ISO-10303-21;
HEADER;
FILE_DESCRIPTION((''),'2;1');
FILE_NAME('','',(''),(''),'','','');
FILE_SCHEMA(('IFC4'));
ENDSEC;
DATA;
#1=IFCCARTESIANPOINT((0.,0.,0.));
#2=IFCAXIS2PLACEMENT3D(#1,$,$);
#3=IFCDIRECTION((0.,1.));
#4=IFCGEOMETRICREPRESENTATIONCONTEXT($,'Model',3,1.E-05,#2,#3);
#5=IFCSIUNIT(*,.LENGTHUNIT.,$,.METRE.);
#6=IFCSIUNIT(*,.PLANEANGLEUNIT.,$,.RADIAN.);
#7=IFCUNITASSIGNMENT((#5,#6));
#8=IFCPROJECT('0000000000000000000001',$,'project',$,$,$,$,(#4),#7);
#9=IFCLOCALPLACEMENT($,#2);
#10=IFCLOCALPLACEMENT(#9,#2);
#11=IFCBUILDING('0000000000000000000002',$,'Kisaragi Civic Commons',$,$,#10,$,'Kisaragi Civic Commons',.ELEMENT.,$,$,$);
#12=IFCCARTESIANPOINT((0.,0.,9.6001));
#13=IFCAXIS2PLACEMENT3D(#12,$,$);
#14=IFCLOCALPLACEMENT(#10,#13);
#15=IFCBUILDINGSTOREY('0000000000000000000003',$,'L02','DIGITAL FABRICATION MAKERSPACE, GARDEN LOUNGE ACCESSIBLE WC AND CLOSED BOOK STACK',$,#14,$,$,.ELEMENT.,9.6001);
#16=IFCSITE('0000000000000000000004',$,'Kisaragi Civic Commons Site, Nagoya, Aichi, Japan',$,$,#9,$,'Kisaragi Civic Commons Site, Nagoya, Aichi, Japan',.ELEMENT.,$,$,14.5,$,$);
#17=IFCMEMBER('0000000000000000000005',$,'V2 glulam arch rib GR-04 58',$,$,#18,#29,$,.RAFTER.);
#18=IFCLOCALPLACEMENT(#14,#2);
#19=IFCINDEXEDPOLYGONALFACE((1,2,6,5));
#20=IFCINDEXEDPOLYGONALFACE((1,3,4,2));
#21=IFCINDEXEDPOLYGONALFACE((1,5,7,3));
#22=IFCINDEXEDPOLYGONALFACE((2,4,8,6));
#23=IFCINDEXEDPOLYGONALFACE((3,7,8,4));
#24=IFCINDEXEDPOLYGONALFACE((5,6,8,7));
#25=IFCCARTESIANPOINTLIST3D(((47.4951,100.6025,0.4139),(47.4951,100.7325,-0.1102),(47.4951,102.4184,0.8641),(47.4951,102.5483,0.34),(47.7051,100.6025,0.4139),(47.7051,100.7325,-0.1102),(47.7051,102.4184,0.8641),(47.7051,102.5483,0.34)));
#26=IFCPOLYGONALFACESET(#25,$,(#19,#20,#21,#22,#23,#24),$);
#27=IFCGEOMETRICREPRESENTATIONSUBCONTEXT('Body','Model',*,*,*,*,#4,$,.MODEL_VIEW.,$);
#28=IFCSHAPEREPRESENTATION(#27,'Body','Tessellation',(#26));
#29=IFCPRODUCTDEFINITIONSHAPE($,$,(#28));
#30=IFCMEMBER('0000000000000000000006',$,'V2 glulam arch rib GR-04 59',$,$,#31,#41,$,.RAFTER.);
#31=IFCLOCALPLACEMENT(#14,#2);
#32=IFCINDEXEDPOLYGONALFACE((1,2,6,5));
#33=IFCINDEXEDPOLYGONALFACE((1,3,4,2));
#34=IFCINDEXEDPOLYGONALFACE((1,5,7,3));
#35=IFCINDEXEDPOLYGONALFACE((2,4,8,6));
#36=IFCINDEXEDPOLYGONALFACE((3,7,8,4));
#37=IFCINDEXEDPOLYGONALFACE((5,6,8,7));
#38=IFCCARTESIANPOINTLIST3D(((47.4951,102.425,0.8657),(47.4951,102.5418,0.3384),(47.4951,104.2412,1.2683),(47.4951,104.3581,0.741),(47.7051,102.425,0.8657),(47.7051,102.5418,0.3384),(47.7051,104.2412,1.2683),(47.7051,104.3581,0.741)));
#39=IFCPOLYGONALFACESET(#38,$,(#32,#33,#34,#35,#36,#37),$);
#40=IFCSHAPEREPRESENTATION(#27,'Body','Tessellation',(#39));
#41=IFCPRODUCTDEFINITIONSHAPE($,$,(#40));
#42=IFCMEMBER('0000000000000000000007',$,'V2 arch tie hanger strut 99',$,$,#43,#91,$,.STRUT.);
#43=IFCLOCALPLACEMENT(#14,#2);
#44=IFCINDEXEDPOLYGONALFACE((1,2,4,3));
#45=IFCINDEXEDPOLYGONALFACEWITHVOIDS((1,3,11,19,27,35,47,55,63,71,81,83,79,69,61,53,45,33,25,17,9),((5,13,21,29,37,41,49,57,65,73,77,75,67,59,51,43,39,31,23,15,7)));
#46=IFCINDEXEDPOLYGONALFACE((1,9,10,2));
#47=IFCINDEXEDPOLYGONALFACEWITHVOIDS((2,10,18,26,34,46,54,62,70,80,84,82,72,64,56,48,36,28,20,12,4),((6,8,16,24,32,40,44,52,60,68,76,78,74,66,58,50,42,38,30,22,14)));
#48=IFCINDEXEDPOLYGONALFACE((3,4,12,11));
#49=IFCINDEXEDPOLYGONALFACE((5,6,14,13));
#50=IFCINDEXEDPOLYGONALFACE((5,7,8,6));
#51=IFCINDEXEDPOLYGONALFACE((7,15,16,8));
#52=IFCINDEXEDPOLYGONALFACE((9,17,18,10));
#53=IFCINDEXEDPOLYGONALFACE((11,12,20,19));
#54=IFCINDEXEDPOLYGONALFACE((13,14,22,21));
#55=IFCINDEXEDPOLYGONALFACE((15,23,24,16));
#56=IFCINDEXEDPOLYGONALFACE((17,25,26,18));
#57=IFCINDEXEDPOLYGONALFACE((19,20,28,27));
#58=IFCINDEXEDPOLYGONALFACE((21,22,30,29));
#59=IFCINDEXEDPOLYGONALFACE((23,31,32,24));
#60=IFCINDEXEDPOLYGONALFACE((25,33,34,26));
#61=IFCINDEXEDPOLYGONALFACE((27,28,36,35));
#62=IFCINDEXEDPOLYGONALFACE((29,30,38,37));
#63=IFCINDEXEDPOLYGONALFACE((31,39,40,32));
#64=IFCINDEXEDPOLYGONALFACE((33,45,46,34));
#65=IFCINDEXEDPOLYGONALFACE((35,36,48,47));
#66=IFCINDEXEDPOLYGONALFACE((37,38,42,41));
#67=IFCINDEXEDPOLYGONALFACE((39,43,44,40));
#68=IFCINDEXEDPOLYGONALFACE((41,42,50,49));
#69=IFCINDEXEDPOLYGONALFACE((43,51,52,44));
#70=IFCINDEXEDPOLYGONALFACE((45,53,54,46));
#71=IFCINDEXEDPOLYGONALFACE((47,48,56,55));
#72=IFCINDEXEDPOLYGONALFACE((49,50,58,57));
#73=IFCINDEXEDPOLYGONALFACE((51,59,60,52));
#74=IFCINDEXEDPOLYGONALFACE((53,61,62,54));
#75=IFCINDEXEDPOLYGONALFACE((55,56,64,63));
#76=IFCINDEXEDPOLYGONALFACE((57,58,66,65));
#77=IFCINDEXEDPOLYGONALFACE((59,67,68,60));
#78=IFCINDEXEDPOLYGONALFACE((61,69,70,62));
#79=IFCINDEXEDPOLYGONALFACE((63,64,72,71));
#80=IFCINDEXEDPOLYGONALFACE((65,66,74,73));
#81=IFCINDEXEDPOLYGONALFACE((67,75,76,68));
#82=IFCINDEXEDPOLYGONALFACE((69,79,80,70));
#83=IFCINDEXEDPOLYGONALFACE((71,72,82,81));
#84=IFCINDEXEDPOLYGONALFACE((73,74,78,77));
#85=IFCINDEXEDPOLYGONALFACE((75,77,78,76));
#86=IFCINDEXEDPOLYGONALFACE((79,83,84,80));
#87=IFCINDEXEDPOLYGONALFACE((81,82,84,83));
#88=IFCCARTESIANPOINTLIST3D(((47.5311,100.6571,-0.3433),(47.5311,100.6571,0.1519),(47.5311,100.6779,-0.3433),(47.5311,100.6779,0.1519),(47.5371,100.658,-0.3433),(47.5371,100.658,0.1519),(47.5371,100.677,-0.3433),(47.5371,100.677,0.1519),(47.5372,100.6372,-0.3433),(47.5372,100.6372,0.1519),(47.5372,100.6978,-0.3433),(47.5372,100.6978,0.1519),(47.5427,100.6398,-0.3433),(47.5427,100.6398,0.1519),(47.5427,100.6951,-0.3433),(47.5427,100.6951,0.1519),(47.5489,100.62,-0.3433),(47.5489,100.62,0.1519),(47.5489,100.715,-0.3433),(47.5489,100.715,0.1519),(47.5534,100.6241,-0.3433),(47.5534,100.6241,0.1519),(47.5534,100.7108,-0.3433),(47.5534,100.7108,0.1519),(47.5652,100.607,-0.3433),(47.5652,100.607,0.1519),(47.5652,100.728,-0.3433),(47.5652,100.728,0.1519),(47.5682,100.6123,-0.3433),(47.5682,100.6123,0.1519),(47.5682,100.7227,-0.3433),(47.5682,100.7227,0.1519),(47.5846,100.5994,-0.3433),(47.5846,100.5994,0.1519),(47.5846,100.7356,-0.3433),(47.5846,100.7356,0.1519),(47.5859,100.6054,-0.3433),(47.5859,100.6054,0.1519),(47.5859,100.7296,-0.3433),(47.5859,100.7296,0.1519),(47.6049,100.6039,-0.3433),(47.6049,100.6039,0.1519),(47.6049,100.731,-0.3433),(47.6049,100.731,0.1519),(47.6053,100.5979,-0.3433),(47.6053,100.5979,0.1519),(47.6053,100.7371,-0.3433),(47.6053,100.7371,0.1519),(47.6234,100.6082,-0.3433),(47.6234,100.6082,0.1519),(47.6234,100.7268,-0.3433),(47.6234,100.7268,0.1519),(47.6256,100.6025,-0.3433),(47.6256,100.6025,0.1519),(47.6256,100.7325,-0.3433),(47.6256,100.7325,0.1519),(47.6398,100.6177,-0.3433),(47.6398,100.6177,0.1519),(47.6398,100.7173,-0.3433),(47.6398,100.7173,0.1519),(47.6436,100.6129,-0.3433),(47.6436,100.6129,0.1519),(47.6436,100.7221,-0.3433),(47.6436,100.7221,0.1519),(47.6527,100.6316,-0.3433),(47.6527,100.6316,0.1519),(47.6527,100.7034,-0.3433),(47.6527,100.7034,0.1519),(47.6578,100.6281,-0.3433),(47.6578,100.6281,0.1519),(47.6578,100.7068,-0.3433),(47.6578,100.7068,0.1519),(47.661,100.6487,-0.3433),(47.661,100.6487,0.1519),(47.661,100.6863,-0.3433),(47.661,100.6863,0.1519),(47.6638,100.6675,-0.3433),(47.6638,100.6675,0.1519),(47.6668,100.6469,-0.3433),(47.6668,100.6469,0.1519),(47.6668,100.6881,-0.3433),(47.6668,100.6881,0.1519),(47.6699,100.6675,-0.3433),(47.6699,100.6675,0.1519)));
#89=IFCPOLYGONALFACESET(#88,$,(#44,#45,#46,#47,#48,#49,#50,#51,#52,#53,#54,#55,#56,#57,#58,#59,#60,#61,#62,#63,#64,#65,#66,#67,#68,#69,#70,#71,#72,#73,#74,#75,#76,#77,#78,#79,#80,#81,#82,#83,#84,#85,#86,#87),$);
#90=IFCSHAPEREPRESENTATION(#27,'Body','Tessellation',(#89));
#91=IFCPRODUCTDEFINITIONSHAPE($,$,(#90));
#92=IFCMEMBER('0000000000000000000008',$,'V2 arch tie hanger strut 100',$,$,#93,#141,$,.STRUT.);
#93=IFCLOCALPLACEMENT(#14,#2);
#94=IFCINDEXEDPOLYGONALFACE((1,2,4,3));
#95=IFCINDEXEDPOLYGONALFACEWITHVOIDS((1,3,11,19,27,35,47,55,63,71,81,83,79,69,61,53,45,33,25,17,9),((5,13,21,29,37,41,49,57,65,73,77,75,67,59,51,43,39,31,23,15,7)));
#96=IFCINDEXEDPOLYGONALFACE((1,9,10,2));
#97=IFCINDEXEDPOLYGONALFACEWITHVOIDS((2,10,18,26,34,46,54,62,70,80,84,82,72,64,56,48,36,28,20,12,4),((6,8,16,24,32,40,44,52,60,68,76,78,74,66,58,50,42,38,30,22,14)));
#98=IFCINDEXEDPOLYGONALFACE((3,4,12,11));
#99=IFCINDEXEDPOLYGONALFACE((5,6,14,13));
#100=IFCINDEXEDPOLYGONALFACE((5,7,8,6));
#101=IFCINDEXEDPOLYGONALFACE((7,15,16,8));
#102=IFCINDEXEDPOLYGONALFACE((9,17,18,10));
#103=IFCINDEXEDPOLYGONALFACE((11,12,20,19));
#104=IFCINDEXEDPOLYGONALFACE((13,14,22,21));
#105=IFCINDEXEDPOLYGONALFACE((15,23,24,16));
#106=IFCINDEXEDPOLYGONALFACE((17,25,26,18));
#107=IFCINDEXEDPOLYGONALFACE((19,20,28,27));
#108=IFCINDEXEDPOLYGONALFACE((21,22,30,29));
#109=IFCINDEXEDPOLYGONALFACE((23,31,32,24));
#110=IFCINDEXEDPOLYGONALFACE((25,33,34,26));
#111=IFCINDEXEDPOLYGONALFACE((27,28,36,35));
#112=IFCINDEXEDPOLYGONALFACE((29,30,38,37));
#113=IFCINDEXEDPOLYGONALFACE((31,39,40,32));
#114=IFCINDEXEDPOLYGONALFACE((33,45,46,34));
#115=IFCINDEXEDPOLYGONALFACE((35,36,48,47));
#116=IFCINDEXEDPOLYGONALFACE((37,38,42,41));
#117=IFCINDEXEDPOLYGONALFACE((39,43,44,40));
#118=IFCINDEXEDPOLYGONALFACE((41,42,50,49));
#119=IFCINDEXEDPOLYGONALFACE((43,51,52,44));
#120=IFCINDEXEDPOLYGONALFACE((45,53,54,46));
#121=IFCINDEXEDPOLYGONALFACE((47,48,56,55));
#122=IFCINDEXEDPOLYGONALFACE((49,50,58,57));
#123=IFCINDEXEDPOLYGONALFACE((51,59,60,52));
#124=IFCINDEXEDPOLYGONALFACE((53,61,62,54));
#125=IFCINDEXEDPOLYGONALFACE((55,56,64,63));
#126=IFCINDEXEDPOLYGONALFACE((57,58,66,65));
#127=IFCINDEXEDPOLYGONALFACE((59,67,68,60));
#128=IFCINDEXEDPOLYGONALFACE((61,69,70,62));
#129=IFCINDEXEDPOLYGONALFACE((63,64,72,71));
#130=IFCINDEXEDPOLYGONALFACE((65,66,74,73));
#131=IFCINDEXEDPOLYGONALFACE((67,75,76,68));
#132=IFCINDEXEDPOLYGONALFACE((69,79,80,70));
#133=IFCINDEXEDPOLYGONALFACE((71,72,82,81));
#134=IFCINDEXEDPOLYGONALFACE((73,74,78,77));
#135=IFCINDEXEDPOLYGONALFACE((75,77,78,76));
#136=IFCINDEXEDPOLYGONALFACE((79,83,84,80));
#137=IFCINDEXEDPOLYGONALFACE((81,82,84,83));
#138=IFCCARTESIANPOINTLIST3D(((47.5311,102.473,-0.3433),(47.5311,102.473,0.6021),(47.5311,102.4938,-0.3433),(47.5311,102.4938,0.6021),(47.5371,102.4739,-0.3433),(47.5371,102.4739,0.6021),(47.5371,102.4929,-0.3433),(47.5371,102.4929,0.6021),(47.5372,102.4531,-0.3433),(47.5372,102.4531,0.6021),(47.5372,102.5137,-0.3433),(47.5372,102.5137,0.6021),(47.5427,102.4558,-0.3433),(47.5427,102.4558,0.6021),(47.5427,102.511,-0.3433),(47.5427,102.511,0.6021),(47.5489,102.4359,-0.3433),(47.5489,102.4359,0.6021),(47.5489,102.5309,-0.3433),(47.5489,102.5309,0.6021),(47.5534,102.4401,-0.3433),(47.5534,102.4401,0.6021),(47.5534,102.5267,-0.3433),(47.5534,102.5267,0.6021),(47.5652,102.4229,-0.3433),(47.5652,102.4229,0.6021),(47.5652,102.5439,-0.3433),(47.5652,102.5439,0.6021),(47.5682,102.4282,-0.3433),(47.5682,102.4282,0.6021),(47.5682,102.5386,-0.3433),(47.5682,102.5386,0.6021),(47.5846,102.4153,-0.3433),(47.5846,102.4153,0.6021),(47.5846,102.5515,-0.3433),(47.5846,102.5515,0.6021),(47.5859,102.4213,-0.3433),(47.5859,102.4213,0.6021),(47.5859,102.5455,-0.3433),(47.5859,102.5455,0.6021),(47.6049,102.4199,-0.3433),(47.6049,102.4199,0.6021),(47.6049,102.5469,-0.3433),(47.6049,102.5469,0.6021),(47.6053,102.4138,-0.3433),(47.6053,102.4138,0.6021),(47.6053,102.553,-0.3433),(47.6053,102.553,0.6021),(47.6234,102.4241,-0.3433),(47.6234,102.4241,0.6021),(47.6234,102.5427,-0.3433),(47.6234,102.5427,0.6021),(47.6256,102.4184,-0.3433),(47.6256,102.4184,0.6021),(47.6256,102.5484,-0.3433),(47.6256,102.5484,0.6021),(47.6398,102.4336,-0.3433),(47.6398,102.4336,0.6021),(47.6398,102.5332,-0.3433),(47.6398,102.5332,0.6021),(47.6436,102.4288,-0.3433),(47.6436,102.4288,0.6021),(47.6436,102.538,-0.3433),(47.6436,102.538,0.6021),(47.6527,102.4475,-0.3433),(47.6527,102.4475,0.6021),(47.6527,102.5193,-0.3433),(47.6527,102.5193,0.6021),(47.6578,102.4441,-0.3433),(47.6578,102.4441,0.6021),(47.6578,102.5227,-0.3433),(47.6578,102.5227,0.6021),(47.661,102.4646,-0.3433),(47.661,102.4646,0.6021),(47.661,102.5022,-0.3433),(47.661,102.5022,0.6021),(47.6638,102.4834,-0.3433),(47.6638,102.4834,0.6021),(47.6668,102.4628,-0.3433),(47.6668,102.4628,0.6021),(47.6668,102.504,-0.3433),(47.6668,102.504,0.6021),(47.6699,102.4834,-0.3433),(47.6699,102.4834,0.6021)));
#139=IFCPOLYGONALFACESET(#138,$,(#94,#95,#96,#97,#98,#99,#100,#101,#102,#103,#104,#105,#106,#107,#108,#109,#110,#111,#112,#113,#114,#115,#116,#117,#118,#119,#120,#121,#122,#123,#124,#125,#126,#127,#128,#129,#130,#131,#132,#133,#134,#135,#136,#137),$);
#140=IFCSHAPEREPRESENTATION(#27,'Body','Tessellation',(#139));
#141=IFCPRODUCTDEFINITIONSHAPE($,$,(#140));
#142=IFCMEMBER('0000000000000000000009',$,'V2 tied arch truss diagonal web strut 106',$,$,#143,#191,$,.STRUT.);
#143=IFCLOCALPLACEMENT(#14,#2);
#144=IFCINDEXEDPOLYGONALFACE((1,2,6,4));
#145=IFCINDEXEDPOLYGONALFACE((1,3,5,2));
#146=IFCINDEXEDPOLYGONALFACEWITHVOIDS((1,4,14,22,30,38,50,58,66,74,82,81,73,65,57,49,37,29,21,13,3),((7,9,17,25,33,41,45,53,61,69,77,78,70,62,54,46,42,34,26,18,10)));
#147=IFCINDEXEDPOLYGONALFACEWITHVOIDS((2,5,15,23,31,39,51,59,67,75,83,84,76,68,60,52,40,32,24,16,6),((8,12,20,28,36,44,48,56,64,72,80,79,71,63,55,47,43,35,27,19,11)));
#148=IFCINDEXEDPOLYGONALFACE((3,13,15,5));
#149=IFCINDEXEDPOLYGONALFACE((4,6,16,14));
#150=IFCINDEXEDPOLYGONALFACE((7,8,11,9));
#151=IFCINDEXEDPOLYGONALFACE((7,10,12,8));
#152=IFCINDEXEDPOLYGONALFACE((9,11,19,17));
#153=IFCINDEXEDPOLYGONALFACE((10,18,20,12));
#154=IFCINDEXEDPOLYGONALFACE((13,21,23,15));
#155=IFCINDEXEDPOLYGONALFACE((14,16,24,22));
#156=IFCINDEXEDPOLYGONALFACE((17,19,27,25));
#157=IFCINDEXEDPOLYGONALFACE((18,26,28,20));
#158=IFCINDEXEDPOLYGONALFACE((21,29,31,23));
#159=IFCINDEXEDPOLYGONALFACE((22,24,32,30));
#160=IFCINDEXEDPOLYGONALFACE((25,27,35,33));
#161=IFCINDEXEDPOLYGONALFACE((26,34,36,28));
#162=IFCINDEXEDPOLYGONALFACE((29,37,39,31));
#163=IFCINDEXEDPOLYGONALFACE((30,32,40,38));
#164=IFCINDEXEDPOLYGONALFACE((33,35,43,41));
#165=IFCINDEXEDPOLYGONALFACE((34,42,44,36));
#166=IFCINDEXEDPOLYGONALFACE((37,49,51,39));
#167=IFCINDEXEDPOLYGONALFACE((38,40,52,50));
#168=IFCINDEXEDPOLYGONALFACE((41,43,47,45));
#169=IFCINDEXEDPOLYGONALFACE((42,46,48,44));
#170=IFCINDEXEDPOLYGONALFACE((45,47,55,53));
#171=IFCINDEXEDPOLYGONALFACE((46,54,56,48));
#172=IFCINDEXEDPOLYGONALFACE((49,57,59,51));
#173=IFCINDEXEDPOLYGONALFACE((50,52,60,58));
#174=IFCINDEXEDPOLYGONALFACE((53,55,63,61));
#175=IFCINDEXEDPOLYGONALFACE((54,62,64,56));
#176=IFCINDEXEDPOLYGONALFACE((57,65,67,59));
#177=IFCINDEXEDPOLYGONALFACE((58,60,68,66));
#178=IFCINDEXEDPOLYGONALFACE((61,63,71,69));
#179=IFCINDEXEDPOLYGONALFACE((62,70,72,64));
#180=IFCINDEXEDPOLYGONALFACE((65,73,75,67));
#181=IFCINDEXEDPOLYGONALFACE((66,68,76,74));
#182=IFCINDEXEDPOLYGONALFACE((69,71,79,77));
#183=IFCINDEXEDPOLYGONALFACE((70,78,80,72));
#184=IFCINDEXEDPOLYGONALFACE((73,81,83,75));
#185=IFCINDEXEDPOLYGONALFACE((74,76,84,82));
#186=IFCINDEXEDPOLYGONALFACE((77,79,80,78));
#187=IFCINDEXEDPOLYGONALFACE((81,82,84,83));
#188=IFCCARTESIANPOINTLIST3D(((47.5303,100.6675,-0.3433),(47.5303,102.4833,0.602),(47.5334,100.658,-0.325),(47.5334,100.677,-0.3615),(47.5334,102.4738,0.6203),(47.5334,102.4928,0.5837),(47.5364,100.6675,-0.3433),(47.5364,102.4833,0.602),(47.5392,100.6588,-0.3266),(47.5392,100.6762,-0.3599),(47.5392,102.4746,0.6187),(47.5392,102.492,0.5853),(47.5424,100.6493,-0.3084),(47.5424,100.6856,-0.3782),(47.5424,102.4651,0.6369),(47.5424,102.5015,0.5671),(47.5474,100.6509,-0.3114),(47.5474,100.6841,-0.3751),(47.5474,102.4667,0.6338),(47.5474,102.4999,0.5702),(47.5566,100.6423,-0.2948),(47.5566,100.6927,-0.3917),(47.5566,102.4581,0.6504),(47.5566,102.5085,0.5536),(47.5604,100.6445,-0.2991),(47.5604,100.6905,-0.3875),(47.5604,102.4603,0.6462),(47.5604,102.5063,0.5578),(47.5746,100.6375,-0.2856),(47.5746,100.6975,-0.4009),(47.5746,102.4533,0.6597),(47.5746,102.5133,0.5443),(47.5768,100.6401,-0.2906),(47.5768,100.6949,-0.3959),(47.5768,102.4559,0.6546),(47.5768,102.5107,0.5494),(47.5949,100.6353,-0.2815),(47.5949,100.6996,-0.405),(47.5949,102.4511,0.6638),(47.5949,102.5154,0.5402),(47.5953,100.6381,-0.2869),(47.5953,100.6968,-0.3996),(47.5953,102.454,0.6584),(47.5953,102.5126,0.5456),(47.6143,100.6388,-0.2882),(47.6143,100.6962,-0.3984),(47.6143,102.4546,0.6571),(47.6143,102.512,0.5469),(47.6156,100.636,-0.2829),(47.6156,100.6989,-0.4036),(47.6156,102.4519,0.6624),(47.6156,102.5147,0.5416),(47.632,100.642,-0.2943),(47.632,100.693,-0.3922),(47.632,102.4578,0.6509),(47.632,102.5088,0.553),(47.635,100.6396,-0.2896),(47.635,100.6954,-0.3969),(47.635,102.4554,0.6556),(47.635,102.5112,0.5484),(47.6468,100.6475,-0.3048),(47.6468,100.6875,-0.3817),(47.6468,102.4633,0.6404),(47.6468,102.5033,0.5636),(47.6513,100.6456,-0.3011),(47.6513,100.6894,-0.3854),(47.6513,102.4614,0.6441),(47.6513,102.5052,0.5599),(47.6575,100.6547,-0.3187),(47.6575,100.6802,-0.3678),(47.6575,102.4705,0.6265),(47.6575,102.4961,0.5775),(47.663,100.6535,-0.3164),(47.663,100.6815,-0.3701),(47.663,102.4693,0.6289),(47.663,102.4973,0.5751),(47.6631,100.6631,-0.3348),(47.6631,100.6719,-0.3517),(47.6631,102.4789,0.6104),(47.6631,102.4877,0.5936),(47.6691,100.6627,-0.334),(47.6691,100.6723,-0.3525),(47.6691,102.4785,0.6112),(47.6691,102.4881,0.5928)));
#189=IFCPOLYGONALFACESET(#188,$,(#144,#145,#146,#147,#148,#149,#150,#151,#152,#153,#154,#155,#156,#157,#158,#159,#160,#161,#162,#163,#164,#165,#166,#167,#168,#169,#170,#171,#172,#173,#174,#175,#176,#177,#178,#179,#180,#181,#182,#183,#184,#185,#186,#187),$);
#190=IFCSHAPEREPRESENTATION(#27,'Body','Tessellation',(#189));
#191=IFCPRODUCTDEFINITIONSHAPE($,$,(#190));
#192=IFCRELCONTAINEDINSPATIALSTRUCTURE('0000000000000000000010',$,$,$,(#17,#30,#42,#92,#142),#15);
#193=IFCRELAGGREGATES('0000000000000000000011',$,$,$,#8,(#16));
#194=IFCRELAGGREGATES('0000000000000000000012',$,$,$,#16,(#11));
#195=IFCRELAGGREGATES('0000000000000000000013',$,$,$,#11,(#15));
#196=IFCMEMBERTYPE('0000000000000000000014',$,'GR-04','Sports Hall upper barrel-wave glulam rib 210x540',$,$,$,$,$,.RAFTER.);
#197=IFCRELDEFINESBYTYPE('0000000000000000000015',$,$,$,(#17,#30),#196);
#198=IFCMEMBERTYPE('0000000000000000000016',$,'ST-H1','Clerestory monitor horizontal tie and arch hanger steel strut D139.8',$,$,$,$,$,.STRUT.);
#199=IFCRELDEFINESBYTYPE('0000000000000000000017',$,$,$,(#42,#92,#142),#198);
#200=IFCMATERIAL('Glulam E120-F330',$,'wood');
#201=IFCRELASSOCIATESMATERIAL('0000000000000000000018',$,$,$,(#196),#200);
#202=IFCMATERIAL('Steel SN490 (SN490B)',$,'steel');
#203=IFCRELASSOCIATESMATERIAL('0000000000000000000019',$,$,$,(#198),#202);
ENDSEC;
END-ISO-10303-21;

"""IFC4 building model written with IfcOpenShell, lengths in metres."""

from ifc_helpers import new_model, si_unit, direction, frame, origin, origin_2d, place, context, subcontext, project, spatial, rectangle, hollow_circle, extrude, material, material_profile, profile_set, type_object, element, save


model = new_model("IFC4")

# Units and contexts
model_context = context("Model", 3, precision=1e-05, world=origin(), true_north=direction((0.0, 1.0)))
body_context = subcontext(model_context, "Body", "Model", "MODEL_VIEW")
ifc_project = project(units=[si_unit("LENGTHUNIT", "METRE"), si_unit("PLANEANGLEUNIT", "RADIAN")], contexts=[model_context])

# Site, building, storey
site_placement = place(None, origin())
site = spatial("IfcSite", under=ifc_project, at=site_placement, Name="Kisaragi Civic Commons Site, Nagoya, Aichi, Japan", LongName="Kisaragi Civic Commons Site, Nagoya, Aichi, Japan", CompositionType="ELEMENT", RefElevation=14.5)
building_placement = place(site_placement, origin())
building = spatial("IfcBuilding", under=site, at=building_placement, Name="Kisaragi Civic Commons", LongName="Kisaragi Civic Commons", CompositionType="ELEMENT")
storey_placement = place(building_placement, frame((0.0, 0.0, 9.6001)))
storey = spatial("IfcBuildingStorey", under=building, at=storey_placement, Name="L02", Description="DIGITAL FABRICATION MAKERSPACE, GARDEN LOUNGE ACCESSIBLE WC AND CLOSED BOOK STACK", CompositionType="ELEMENT", Elevation=9.6001)

# Members
ifc_material_1 = material(Name="Steel SN490 (SN490B)", Category="steel")
ifc_material_2 = material(Name="Glulam E120-F330", Category="wood")
ifc_material_profile_1 = material_profile(ifc_material_2, rectangle(XDim=0.21, YDim=0.54, at=origin_2d()), Name="GL-210x540", Category="wood")
ifc_profile_set_1 = profile_set([ifc_material_profile_1], Name="Glulam E120-F330")
member_type_1 = type_object("IfcMemberType", Name="GR-04", Description="Sports Hall upper barrel-wave glulam rib 210x540", PredefinedType="RAFTER", material=ifc_profile_set_1)
member_1_placement = place(storey_placement, frame((47.6001, 100.6675, 0.1519), z_axis=(0.0, 0.970617, 0.240631), x_axis=(-1.0, 0.0, 0.0)))
element("IfcMember", 1, at=member_1_placement, inside=storey, type_object=member_type_1, Name="V2 glulam arch rib GR-04 58", PredefinedType="RAFTER", context=body_context, shape_type="SweptSolid", body=[
    extrude(rectangle(XDim=0.21, YDim=0.54, at=origin_2d()), origin(), (0.0, 0.0, 1.0), 1.8708),
])
member_2_placement = place(storey_placement, frame((47.6001, 102.4834, 0.6021), z_axis=(0.0, 0.976301, 0.216416), x_axis=(-1.0, 0.0, 0.0)))
element("IfcMember", 2, at=member_2_placement, inside=storey, type_object=member_type_1, Name="V2 glulam arch rib GR-04 59", PredefinedType="RAFTER", context=body_context, shape_type="SweptSolid", body=[
    extrude(rectangle(XDim=0.21, YDim=0.54, at=origin_2d()), origin(), (0.0, 0.0, 1.0), 1.8604),
])
ifc_material_profile_2 = material_profile(ifc_material_1, hollow_circle(Radius=0.0698, WallThickness=0.0061, at=origin_2d()), Name="CHS-139.8x6.0", Category="steel")
ifc_profile_set_2 = profile_set([ifc_material_profile_2], Name="Steel SN490 (SN490B)")
member_type_2 = type_object("IfcMemberType", Name="ST-H1", Description="Clerestory monitor horizontal tie and arch hanger steel strut D139.8", PredefinedType="STRUT", material=ifc_profile_set_2)
member_3_placement = place(storey_placement, frame((47.6001, 100.6675, -0.3433), z_axis=(0.0, 0.0, 1.0), x_axis=(1.0, 0.0, 0.0)))
element("IfcMember", 3, at=member_3_placement, inside=storey, type_object=member_type_2, Name="V2 arch tie hanger strut 99", PredefinedType="STRUT", context=body_context, shape_type="SweptSolid", body=[
    extrude(hollow_circle(Radius=0.0698, WallThickness=0.0061, at=origin_2d()), origin(), (0.0, 0.0, 1.0), 0.4951),
])
member_4_placement = place(storey_placement, frame((47.6001, 102.4834, -0.3433), z_axis=(0.0, 0.0, 1.0), x_axis=(1.0, 0.0, 0.0)))
element("IfcMember", 4, at=member_4_placement, inside=storey, type_object=member_type_2, Name="V2 arch tie hanger strut 100", PredefinedType="STRUT", context=body_context, shape_type="SweptSolid", body=[
    extrude(hollow_circle(Radius=0.0698, WallThickness=0.0061, at=origin_2d()), origin(), (0.0, 0.0, 1.0), 0.9453),
])
member_5_placement = place(storey_placement, frame((47.6001, 100.6675, -0.3433), z_axis=(0.0, 0.88701, 0.461751), x_axis=(-1.0, 0.0, 0.0)))
element("IfcMember", 5, at=member_5_placement, inside=storey, type_object=member_type_2, Name="V2 tied arch truss diagonal web strut 106", PredefinedType="STRUT", context=body_context, shape_type="SweptSolid", body=[
    extrude(hollow_circle(Radius=0.0698, WallThickness=0.0061, at=origin_2d()), origin(), (0.0, 0.0, 1.0), 2.0471),
])

save(model, "model.ifc")
